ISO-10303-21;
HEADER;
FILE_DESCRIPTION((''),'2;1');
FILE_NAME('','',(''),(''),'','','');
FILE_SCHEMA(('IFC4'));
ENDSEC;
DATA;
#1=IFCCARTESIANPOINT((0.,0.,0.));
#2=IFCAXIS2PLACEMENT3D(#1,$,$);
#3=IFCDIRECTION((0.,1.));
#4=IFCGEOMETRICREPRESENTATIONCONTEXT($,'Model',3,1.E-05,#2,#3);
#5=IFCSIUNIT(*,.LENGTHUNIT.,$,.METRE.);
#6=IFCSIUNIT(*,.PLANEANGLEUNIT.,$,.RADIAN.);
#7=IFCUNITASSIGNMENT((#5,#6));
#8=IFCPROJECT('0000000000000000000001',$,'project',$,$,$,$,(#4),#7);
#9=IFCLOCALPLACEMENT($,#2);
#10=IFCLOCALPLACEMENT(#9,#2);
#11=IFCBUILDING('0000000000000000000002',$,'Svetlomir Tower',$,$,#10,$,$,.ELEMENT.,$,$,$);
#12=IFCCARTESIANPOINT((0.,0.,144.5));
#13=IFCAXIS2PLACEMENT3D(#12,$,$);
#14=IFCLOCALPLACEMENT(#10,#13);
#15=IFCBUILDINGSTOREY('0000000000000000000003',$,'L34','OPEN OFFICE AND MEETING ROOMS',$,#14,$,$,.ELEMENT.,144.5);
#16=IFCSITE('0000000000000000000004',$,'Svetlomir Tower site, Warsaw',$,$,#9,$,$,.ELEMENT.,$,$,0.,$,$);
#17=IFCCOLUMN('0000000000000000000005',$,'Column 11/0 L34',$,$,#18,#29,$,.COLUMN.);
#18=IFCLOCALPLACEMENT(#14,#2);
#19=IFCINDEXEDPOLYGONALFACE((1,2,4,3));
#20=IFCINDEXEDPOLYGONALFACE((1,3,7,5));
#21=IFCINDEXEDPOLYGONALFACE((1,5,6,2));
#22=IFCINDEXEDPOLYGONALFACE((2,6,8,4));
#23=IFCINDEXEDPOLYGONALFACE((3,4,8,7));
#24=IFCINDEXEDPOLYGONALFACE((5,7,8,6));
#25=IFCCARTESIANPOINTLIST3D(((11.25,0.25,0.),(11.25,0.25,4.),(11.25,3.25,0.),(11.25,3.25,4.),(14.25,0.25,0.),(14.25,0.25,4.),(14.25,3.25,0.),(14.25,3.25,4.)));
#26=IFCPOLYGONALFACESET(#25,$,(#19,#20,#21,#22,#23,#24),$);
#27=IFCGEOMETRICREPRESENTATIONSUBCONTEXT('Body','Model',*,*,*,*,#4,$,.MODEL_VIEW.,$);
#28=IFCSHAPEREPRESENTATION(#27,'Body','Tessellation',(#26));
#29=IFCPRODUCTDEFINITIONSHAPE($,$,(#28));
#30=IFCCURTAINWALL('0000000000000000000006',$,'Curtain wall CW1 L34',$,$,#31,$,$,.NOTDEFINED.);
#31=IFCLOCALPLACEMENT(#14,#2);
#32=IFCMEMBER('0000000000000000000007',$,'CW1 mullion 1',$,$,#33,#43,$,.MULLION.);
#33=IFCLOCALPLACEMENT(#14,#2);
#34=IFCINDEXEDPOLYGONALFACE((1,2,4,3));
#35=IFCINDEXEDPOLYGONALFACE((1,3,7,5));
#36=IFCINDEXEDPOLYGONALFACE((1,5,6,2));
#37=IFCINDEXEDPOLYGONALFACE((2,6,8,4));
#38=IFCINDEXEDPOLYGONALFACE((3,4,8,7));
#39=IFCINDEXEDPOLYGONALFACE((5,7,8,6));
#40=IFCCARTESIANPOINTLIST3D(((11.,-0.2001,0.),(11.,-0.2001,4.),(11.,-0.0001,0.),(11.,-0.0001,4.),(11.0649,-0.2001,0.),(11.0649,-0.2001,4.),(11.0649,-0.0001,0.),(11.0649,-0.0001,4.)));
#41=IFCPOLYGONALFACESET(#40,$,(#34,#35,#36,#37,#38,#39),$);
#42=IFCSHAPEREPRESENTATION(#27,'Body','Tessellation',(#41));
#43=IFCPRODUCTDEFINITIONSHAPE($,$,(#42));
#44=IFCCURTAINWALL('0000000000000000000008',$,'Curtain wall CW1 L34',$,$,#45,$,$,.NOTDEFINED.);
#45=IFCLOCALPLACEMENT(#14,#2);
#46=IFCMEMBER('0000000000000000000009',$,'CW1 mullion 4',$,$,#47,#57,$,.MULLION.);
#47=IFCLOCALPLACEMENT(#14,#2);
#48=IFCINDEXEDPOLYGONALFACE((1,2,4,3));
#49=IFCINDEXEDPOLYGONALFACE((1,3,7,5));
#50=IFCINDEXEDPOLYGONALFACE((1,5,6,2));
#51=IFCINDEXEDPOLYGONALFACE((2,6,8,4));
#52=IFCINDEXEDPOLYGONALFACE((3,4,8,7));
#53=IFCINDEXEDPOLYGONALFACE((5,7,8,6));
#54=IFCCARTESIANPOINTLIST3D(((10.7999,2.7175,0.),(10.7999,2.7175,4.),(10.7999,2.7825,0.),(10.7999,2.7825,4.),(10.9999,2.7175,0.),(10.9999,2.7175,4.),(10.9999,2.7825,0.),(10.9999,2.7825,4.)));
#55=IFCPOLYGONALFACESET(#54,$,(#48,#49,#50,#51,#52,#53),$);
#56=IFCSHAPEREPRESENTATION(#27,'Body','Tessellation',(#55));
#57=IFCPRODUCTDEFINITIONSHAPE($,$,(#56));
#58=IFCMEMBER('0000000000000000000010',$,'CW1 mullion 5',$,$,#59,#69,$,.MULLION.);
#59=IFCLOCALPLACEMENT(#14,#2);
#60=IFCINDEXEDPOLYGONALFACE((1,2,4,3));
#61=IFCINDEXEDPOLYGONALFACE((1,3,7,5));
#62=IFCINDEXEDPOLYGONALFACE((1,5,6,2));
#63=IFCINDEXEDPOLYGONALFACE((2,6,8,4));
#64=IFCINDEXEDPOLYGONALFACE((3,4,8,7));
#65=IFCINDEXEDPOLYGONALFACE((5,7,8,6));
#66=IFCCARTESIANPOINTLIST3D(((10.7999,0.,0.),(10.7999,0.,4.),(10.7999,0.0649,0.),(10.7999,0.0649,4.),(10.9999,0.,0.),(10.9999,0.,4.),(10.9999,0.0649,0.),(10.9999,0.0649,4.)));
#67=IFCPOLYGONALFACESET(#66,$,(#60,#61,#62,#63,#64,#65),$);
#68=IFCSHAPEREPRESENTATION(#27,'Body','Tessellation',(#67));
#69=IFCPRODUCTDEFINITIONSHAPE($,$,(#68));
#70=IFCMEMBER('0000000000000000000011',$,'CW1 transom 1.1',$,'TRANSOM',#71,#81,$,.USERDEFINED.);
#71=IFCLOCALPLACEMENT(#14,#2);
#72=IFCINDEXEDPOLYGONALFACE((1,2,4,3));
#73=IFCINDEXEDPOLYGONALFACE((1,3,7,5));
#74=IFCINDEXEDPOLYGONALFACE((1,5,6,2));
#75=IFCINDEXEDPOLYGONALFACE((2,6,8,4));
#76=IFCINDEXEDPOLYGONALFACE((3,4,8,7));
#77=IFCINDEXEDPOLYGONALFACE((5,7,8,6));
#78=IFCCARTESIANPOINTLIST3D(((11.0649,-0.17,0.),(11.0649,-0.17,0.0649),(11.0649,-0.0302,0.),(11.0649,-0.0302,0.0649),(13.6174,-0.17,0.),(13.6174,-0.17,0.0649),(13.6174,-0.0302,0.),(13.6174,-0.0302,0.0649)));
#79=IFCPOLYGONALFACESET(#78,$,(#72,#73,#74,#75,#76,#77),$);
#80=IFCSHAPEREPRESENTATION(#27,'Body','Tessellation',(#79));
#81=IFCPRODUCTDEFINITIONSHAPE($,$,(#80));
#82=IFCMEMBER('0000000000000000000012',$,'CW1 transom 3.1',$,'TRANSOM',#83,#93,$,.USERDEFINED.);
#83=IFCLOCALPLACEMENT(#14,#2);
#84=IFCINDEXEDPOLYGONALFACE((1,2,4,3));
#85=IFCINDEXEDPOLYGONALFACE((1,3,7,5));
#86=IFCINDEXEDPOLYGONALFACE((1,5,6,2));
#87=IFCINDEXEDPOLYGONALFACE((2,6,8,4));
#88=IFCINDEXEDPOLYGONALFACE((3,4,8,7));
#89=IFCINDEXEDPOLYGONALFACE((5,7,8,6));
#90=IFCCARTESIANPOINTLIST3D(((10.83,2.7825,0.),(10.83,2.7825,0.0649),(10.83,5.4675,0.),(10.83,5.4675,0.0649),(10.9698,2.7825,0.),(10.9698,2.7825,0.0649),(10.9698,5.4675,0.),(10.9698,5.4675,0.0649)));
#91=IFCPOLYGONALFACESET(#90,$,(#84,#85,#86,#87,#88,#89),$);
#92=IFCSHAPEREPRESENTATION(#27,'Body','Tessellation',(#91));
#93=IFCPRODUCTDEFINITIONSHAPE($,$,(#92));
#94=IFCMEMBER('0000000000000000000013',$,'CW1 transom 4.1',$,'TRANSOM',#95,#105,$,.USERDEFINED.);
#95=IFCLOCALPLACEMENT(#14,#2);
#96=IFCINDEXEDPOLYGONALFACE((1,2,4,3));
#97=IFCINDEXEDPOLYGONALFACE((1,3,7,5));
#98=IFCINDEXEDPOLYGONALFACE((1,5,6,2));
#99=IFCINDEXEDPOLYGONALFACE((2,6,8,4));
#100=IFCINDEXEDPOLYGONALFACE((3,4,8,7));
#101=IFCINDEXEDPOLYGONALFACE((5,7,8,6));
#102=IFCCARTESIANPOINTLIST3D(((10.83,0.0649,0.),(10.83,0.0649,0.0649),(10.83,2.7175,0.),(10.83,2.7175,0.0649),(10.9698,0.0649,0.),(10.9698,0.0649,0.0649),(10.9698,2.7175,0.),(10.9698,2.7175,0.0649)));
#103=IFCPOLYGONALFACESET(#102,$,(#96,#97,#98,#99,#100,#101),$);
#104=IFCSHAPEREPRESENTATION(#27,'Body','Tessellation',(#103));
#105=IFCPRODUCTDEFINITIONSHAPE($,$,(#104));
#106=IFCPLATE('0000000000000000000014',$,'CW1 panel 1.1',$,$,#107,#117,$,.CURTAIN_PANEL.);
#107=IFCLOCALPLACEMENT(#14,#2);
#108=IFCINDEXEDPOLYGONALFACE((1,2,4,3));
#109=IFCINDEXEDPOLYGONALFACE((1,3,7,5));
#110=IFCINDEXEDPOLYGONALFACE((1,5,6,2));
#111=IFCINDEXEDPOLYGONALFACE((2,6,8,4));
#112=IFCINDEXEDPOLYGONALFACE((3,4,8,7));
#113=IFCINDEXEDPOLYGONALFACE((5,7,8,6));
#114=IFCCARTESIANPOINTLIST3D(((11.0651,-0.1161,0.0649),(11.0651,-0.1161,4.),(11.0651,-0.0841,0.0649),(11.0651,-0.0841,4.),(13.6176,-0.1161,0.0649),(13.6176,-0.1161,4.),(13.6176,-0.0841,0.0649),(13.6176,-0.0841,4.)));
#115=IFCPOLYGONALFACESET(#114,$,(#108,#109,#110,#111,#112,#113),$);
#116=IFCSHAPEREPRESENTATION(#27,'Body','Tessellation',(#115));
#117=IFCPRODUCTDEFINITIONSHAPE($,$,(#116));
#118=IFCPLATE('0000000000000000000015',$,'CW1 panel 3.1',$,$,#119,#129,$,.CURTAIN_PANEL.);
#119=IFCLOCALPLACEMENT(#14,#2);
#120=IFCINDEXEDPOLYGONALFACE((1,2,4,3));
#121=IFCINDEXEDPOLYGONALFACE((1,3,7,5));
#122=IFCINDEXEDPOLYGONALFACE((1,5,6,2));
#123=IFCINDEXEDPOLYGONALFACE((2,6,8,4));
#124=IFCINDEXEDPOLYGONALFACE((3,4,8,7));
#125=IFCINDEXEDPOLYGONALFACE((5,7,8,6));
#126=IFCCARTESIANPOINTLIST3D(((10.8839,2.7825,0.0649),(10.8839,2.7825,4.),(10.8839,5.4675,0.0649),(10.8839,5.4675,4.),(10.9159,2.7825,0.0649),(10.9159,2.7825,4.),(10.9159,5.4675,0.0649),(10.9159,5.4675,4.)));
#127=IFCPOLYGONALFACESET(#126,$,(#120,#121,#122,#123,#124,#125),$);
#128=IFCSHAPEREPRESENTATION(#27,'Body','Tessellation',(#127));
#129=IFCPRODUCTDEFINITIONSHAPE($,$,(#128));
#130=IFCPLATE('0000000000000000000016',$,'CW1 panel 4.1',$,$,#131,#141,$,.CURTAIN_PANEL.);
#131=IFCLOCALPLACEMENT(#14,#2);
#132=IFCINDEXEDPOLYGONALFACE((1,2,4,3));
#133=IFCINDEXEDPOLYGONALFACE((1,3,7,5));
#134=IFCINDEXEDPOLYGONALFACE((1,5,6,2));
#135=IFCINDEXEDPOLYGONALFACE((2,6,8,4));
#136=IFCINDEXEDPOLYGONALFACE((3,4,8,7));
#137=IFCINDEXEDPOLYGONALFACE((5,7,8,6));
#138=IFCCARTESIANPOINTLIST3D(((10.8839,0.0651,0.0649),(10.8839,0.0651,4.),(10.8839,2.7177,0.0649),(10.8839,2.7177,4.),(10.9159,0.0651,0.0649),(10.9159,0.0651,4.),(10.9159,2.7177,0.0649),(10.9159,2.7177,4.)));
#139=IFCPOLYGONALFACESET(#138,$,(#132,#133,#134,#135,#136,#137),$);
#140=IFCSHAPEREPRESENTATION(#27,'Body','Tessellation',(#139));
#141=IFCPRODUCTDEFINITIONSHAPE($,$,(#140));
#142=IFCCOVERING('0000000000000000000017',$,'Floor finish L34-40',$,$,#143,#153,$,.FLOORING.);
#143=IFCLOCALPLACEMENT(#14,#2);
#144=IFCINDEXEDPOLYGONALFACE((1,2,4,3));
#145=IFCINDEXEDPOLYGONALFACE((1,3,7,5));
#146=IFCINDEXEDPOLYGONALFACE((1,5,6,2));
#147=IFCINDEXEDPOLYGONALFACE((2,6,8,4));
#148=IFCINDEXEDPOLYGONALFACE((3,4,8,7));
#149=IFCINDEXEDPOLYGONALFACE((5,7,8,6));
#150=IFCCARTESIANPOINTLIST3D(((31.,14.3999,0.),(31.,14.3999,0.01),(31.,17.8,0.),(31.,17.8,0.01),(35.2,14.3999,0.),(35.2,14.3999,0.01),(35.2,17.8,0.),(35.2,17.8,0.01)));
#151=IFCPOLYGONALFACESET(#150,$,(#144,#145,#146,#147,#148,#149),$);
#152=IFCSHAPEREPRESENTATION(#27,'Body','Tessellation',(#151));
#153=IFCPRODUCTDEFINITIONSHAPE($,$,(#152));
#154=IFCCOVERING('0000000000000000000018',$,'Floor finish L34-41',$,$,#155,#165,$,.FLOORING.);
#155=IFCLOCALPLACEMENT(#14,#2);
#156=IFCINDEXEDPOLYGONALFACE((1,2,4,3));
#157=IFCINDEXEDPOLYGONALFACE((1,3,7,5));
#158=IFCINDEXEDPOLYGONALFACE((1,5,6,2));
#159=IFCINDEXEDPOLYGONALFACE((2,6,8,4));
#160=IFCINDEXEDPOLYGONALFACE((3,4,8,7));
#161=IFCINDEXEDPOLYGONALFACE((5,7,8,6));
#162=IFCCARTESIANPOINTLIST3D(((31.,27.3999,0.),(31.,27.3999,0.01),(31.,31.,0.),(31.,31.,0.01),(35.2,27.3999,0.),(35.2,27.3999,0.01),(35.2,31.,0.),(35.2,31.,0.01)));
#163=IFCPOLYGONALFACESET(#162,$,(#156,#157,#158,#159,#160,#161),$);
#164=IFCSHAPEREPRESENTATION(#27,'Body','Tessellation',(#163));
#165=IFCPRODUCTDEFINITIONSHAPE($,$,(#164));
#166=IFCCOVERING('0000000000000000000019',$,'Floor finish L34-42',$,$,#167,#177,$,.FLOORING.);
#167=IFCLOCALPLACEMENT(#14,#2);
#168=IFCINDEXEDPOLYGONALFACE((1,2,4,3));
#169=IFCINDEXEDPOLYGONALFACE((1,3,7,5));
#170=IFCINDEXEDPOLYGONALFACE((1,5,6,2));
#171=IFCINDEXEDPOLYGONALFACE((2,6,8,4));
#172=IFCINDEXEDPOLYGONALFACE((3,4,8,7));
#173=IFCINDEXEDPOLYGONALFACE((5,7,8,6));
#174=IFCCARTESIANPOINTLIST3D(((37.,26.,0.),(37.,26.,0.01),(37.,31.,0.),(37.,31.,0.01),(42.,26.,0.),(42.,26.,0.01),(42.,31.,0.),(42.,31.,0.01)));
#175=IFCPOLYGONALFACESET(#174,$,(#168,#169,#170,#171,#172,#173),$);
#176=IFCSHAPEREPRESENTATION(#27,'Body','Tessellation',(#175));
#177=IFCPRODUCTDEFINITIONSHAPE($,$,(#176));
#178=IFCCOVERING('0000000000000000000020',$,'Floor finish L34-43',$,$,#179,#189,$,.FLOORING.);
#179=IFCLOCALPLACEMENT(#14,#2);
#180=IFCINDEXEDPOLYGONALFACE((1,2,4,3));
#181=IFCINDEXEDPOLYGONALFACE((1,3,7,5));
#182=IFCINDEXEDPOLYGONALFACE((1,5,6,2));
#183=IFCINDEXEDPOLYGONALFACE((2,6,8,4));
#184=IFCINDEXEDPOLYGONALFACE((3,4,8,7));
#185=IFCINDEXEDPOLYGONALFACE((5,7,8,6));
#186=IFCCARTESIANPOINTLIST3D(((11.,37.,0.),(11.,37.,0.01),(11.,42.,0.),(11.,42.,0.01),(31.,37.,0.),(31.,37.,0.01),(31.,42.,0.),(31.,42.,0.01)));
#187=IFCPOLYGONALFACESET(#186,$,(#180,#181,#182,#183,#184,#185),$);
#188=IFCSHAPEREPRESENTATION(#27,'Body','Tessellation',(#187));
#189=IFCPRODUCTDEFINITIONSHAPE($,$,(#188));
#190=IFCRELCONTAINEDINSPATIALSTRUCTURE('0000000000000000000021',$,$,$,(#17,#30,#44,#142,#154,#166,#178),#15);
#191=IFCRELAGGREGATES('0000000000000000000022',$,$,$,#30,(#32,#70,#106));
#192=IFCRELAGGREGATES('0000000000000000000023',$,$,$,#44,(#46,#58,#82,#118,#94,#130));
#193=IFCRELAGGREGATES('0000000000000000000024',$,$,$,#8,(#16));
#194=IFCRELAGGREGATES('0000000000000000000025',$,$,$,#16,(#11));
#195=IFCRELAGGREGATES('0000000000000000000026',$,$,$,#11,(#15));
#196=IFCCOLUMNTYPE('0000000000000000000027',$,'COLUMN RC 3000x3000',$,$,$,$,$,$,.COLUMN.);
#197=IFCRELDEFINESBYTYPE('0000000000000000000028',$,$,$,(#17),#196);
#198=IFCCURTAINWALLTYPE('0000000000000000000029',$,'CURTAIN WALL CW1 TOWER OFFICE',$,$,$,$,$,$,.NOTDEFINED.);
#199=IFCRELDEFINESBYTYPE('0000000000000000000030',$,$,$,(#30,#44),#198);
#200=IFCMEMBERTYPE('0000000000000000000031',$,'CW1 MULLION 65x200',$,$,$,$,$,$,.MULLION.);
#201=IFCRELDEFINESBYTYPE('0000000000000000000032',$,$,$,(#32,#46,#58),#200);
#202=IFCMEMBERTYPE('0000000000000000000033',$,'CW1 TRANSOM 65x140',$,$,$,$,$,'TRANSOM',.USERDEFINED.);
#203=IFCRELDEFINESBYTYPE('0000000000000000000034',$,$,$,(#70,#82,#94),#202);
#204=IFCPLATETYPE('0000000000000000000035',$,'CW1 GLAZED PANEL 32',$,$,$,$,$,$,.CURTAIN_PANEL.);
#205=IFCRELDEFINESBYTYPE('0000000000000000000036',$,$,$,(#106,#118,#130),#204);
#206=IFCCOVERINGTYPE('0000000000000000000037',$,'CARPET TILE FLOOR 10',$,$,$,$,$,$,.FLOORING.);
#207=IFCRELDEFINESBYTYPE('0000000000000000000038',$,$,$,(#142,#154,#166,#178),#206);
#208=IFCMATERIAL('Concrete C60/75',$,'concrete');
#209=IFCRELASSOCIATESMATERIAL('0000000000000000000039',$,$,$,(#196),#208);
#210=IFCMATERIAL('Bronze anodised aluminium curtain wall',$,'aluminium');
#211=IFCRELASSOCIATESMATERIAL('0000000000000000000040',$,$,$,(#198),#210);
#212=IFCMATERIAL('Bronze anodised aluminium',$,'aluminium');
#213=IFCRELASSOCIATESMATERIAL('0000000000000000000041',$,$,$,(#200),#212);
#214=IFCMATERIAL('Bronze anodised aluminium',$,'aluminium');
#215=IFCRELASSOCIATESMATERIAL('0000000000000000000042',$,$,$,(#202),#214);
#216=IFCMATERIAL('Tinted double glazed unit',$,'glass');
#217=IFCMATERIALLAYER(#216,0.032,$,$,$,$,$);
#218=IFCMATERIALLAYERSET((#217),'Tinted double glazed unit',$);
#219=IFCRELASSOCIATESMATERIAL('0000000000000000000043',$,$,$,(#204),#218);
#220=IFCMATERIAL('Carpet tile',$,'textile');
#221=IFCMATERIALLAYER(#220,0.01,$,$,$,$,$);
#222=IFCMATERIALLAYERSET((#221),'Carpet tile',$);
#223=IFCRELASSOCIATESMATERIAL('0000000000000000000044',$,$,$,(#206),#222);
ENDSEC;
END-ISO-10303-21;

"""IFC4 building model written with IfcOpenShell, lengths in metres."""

from ifc_helpers import new_model, si_unit, direction, frame, origin, origin_2d, place, context, subcontext, project, spatial, polyline, rectangle, outline, extrude, material, layer, layer_set, material_profile, profile_set, type_object, element, aggregate, save


model = new_model("IFC4")

# Units and contexts
model_context = context("Model", 3, precision=1e-05, world=origin(), true_north=direction((0.0, 1.0)))
body_context = subcontext(model_context, "Body", "Model", "MODEL_VIEW")
ifc_project = project(units=[si_unit("LENGTHUNIT", "METRE"), si_unit("PLANEANGLEUNIT", "RADIAN")], contexts=[model_context])

# Site, building, storey
site_placement = place(None, origin())
site = spatial("IfcSite", under=ifc_project, at=site_placement, Name="Svetlomir Tower site, Warsaw", CompositionType="ELEMENT", RefElevation=0.0)
building_placement = place(site_placement, origin())
building = spatial("IfcBuilding", under=site, at=building_placement, Name="Svetlomir Tower", CompositionType="ELEMENT")
storey_placement = place(building_placement, frame((0.0, 0.0, 144.5)))
storey = spatial("IfcBuildingStorey", under=building, at=storey_placement, Name="L34", Description="OPEN OFFICE AND MEETING ROOMS", CompositionType="ELEMENT", Elevation=144.5)

# Column
ifc_material_1 = material(Name="Concrete C60/75", Category="concrete")
ifc_material_profile_1 = material_profile(ifc_material_1, rectangle(XDim=3.0, YDim=3.0, at=origin_2d()), Name="RC 3000x3000")
ifc_profile_set_1 = profile_set([ifc_material_profile_1], Name="Concrete C60/75")
column_type = type_object("IfcColumnType", Name="COLUMN RC 3000x3000", PredefinedType="COLUMN", material=ifc_profile_set_1)
column_placement = place(storey_placement, frame((12.75, 1.75, 0.0), z_axis=(0.0, 0.0, 1.0), x_axis=(1.0, 0.0, 0.0)))
element("IfcColumn", 1, at=column_placement, inside=storey, type_object=column_type, Name="Column 11/0 L34", PredefinedType="COLUMN", context=body_context, shape_type="SweptSolid", body=[
    extrude(rectangle(XDim=3.0, YDim=3.0, at=origin_2d()), origin(), (0.0, 0.0, 1.0), 4.0),
])

# Curtain wall, member
ifc_material_2 = material(Name="Bronze anodised aluminium curtain wall", Category="aluminium")
curtain_wall_type = type_object("IfcCurtainWallType", Name="CURTAIN WALL CW1 TOWER OFFICE", PredefinedType="NOTDEFINED", material=ifc_material_2)
curtain_wall_1_placement = place(storey_placement, origin())
curtain_wall_1 = element("IfcCurtainWall", 2, at=curtain_wall_1_placement, inside=storey, type_object=curtain_wall_type, Name="Curtain wall CW1 L34", PredefinedType="NOTDEFINED")
ifc_material_3 = material(Name="Bronze anodised aluminium", Category="aluminium")
ifc_material_profile_2 = material_profile(ifc_material_3, rectangle(XDim=0.0649, YDim=0.2, at=origin_2d()), Name="AL 65x200")
ifc_profile_set_2 = profile_set([ifc_material_profile_2], Name="Bronze anodised aluminium 6063-T6")
member_type_1 = type_object("IfcMemberType", Name="CW1 MULLION 65x200", PredefinedType="MULLION", material=ifc_profile_set_2)
member_1_placement = place(storey_placement, frame((11.0325, -0.1001, 0.0), z_axis=(0.0, 0.0, 1.0), x_axis=(1.0, 0.0, 0.0)))
member_1 = element("IfcMember", 3, at=member_1_placement, type_object=member_type_1, Name="CW1 mullion 1", PredefinedType="MULLION", context=body_context, shape_type="SweptSolid", body=[
    extrude(rectangle(XDim=0.0649, YDim=0.2, at=origin_2d()), origin(), (0.0, 0.0, 1.0), 4.0),
])

# Curtain wall, members
curtain_wall_2_placement = place(storey_placement, origin())
curtain_wall_2 = element("IfcCurtainWall", 4, at=curtain_wall_2_placement, inside=storey, type_object=curtain_wall_type, Name="Curtain wall CW1 L34", PredefinedType="NOTDEFINED")
member_2_placement = place(storey_placement, frame((10.8999, 2.75, 0.0), z_axis=(0.0, 0.0, 1.0), x_axis=(0.0, -1.0, 0.0)))
member_2 = element("IfcMember", 5, at=member_2_placement, type_object=member_type_1, Name="CW1 mullion 4", PredefinedType="MULLION", context=body_context, shape_type="SweptSolid", body=[
    extrude(rectangle(XDim=0.0649, YDim=0.2, at=origin_2d()), origin(), (0.0, 0.0, 1.0), 4.0),
])
member_3_placement = place(storey_placement, frame((10.8999, 0.0325, 0.0), z_axis=(0.0, 0.0, 1.0), x_axis=(0.0, -1.0, 0.0)))
member_3 = element("IfcMember", 6, at=member_3_placement, type_object=member_type_1, Name="CW1 mullion 5", PredefinedType="MULLION", context=body_context, shape_type="SweptSolid", body=[
    extrude(rectangle(XDim=0.0649, YDim=0.2, at=origin_2d()), origin(), (0.0, 0.0, 1.0), 4.0),
])

# Members
ifc_material_4 = material(Name="Bronze anodised aluminium", Category="aluminium")
ifc_material_profile_3 = material_profile(ifc_material_4, rectangle(XDim=0.1399, YDim=0.0649, at=origin_2d()), Name="AL 140x65")
ifc_profile_set_3 = profile_set([ifc_material_profile_3], Name="Bronze anodised aluminium 6063-T6")
member_type_2 = type_object("IfcMemberType", Name="CW1 TRANSOM 65x140", ElementType="TRANSOM", PredefinedType="USERDEFINED", material=ifc_profile_set_3)
member_4_placement = place(storey_placement, frame((11.0649, -0.1001, 0.0325), z_axis=(1.0, 0.0, 0.0), x_axis=(0.0, 1.0, 0.0)))
member_4 = element("IfcMember", 7, at=member_4_placement, type_object=member_type_2, Name="CW1 transom 1.1", ObjectType="TRANSOM", PredefinedType="USERDEFINED", context=body_context, shape_type="SweptSolid", body=[
    extrude(rectangle(XDim=0.1399, YDim=0.0649, at=origin_2d()), origin(), (0.0, 0.0, 1.0), 2.5525),
])
member_5_placement = place(storey_placement, frame((10.8999, 5.4675, 0.0325), z_axis=(0.0, -1.0, 0.0), x_axis=(1.0, 0.0, 0.0)))
member_5 = element("IfcMember", 8, at=member_5_placement, type_object=member_type_2, Name="CW1 transom 3.1", ObjectType="TRANSOM", PredefinedType="USERDEFINED", context=body_context, shape_type="SweptSolid", body=[
    extrude(rectangle(XDim=0.1399, YDim=0.0649, at=origin_2d()), origin(), (0.0, 0.0, 1.0), 2.6851),
])
member_6_placement = place(storey_placement, frame((10.8999, 2.7175, 0.0325), z_axis=(0.0, -1.0, 0.0), x_axis=(1.0, 0.0, 0.0)))
member_6 = element("IfcMember", 9, at=member_6_placement, type_object=member_type_2, Name="CW1 transom 4.1", ObjectType="TRANSOM", PredefinedType="USERDEFINED", context=body_context, shape_type="SweptSolid", body=[
    extrude(rectangle(XDim=0.1399, YDim=0.0649, at=origin_2d()), origin(), (0.0, 0.0, 1.0), 2.6526),
])

# Plates
ifc_material_5 = material(Name="Tinted double glazed unit", Category="glass")
ifc_layer_1 = layer(ifc_material_5, 0.032)
ifc_layer_set_1 = layer_set([ifc_layer_1], Name="Tinted double glazed unit")
plate_type = type_object("IfcPlateType", Name="CW1 GLAZED PANEL 32", PredefinedType="CURTAIN_PANEL", material=ifc_layer_set_1)
plate_1_placement = place(storey_placement, frame((12.3413, -0.1001, 0.0649), z_axis=(0.0, 0.0, 1.0), x_axis=(1.0, 0.0, 0.0)))
plate_1 = element("IfcPlate", 10, at=plate_1_placement, type_object=plate_type, Name="CW1 panel 1.1", PredefinedType="CURTAIN_PANEL", context=body_context, shape_type="SweptSolid", body=[
    extrude(rectangle(XDim=2.5525, YDim=0.032, at=origin_2d()), origin(), (0.0, 0.0, 1.0), 3.9351),
])
aggregate(curtain_wall_1, [member_1, member_4, plate_1])
plate_2_placement = place(storey_placement, frame((10.8999, 4.125, 0.0649), z_axis=(0.0, 0.0, 1.0), x_axis=(0.0, -1.0, 0.0)))
plate_2 = element("IfcPlate", 11, at=plate_2_placement, type_object=plate_type, Name="CW1 panel 3.1", PredefinedType="CURTAIN_PANEL", context=body_context, shape_type="SweptSolid", body=[
    extrude(rectangle(XDim=2.6851, YDim=0.032, at=origin_2d()), origin(), (0.0, 0.0, 1.0), 3.9351),
])
plate_3_placement = place(storey_placement, frame((10.8999, 1.3914, 0.0649), z_axis=(0.0, 0.0, 1.0), x_axis=(0.0, -1.0, 0.0)))
plate_3 = element("IfcPlate", 12, at=plate_3_placement, type_object=plate_type, Name="CW1 panel 4.1", PredefinedType="CURTAIN_PANEL", context=body_context, shape_type="SweptSolid", body=[
    extrude(rectangle(XDim=2.6526, YDim=0.032, at=origin_2d()), origin(), (0.0, 0.0, 1.0), 3.9351),
])
aggregate(curtain_wall_2, [member_2, member_3, member_5, plate_2, member_6, plate_3])

# Coverings
ifc_material_6 = material(Name="Carpet tile", Category="textile")
ifc_layer_2 = layer(ifc_material_6, 0.01)
ifc_layer_set_2 = layer_set([ifc_layer_2], Name="Carpet tile")
covering_type_1 = type_object("IfcCoveringType", Name="CARPET TILE FLOOR 10", PredefinedType="FLOORING", material=ifc_layer_set_2)
covering_1_placement = place(storey_placement, origin())
element("IfcCovering", 13, at=covering_1_placement, inside=storey, type_object=covering_type_1, Name="Floor finish L34-40", PredefinedType="FLOORING", context=body_context, shape_type="SweptSolid", body=[
    extrude(outline(polyline([(31.0, 17.8), (35.2, 17.8), (35.2, 14.3999), (31.0, 14.3999), (31.0, 17.8)])), origin(), (0.0, 0.0, 1.0), 0.01),
])
covering_2_placement = place(storey_placement, origin())
element("IfcCovering", 14, at=covering_2_placement, inside=storey, type_object=covering_type_1, Name="Floor finish L34-41", PredefinedType="FLOORING", context=body_context, shape_type="SweptSolid", body=[
    extrude(outline(polyline([(31.0, 31.0), (35.2, 31.0), (35.2, 27.3999), (31.0, 27.3999), (31.0, 31.0)])), origin(), (0.0, 0.0, 1.0), 0.01),
])
covering_3_placement = place(storey_placement, origin())
element("IfcCovering", 15, at=covering_3_placement, inside=storey, type_object=covering_type_1, Name="Floor finish L34-42", PredefinedType="FLOORING", context=body_context, shape_type="SweptSolid", body=[
    extrude(outline(polyline([(42.0, 26.0), (37.0, 26.0), (37.0, 31.0), (42.0, 31.0), (42.0, 26.0)])), origin(), (0.0, 0.0, 1.0), 0.01),
])
covering_4_placement = place(storey_placement, origin())
element("IfcCovering", 16, at=covering_4_placement, inside=storey, type_object=covering_type_1, Name="Floor finish L34-43", PredefinedType="FLOORING", context=body_context, shape_type="SweptSolid", body=[
    extrude(outline(polyline([(31.0, 37.0), (11.0, 37.0), (11.0, 42.0), (31.0, 42.0), (31.0, 37.0)])), origin(), (0.0, 0.0, 1.0), 0.01),
])

save(model, "model.ifc")
